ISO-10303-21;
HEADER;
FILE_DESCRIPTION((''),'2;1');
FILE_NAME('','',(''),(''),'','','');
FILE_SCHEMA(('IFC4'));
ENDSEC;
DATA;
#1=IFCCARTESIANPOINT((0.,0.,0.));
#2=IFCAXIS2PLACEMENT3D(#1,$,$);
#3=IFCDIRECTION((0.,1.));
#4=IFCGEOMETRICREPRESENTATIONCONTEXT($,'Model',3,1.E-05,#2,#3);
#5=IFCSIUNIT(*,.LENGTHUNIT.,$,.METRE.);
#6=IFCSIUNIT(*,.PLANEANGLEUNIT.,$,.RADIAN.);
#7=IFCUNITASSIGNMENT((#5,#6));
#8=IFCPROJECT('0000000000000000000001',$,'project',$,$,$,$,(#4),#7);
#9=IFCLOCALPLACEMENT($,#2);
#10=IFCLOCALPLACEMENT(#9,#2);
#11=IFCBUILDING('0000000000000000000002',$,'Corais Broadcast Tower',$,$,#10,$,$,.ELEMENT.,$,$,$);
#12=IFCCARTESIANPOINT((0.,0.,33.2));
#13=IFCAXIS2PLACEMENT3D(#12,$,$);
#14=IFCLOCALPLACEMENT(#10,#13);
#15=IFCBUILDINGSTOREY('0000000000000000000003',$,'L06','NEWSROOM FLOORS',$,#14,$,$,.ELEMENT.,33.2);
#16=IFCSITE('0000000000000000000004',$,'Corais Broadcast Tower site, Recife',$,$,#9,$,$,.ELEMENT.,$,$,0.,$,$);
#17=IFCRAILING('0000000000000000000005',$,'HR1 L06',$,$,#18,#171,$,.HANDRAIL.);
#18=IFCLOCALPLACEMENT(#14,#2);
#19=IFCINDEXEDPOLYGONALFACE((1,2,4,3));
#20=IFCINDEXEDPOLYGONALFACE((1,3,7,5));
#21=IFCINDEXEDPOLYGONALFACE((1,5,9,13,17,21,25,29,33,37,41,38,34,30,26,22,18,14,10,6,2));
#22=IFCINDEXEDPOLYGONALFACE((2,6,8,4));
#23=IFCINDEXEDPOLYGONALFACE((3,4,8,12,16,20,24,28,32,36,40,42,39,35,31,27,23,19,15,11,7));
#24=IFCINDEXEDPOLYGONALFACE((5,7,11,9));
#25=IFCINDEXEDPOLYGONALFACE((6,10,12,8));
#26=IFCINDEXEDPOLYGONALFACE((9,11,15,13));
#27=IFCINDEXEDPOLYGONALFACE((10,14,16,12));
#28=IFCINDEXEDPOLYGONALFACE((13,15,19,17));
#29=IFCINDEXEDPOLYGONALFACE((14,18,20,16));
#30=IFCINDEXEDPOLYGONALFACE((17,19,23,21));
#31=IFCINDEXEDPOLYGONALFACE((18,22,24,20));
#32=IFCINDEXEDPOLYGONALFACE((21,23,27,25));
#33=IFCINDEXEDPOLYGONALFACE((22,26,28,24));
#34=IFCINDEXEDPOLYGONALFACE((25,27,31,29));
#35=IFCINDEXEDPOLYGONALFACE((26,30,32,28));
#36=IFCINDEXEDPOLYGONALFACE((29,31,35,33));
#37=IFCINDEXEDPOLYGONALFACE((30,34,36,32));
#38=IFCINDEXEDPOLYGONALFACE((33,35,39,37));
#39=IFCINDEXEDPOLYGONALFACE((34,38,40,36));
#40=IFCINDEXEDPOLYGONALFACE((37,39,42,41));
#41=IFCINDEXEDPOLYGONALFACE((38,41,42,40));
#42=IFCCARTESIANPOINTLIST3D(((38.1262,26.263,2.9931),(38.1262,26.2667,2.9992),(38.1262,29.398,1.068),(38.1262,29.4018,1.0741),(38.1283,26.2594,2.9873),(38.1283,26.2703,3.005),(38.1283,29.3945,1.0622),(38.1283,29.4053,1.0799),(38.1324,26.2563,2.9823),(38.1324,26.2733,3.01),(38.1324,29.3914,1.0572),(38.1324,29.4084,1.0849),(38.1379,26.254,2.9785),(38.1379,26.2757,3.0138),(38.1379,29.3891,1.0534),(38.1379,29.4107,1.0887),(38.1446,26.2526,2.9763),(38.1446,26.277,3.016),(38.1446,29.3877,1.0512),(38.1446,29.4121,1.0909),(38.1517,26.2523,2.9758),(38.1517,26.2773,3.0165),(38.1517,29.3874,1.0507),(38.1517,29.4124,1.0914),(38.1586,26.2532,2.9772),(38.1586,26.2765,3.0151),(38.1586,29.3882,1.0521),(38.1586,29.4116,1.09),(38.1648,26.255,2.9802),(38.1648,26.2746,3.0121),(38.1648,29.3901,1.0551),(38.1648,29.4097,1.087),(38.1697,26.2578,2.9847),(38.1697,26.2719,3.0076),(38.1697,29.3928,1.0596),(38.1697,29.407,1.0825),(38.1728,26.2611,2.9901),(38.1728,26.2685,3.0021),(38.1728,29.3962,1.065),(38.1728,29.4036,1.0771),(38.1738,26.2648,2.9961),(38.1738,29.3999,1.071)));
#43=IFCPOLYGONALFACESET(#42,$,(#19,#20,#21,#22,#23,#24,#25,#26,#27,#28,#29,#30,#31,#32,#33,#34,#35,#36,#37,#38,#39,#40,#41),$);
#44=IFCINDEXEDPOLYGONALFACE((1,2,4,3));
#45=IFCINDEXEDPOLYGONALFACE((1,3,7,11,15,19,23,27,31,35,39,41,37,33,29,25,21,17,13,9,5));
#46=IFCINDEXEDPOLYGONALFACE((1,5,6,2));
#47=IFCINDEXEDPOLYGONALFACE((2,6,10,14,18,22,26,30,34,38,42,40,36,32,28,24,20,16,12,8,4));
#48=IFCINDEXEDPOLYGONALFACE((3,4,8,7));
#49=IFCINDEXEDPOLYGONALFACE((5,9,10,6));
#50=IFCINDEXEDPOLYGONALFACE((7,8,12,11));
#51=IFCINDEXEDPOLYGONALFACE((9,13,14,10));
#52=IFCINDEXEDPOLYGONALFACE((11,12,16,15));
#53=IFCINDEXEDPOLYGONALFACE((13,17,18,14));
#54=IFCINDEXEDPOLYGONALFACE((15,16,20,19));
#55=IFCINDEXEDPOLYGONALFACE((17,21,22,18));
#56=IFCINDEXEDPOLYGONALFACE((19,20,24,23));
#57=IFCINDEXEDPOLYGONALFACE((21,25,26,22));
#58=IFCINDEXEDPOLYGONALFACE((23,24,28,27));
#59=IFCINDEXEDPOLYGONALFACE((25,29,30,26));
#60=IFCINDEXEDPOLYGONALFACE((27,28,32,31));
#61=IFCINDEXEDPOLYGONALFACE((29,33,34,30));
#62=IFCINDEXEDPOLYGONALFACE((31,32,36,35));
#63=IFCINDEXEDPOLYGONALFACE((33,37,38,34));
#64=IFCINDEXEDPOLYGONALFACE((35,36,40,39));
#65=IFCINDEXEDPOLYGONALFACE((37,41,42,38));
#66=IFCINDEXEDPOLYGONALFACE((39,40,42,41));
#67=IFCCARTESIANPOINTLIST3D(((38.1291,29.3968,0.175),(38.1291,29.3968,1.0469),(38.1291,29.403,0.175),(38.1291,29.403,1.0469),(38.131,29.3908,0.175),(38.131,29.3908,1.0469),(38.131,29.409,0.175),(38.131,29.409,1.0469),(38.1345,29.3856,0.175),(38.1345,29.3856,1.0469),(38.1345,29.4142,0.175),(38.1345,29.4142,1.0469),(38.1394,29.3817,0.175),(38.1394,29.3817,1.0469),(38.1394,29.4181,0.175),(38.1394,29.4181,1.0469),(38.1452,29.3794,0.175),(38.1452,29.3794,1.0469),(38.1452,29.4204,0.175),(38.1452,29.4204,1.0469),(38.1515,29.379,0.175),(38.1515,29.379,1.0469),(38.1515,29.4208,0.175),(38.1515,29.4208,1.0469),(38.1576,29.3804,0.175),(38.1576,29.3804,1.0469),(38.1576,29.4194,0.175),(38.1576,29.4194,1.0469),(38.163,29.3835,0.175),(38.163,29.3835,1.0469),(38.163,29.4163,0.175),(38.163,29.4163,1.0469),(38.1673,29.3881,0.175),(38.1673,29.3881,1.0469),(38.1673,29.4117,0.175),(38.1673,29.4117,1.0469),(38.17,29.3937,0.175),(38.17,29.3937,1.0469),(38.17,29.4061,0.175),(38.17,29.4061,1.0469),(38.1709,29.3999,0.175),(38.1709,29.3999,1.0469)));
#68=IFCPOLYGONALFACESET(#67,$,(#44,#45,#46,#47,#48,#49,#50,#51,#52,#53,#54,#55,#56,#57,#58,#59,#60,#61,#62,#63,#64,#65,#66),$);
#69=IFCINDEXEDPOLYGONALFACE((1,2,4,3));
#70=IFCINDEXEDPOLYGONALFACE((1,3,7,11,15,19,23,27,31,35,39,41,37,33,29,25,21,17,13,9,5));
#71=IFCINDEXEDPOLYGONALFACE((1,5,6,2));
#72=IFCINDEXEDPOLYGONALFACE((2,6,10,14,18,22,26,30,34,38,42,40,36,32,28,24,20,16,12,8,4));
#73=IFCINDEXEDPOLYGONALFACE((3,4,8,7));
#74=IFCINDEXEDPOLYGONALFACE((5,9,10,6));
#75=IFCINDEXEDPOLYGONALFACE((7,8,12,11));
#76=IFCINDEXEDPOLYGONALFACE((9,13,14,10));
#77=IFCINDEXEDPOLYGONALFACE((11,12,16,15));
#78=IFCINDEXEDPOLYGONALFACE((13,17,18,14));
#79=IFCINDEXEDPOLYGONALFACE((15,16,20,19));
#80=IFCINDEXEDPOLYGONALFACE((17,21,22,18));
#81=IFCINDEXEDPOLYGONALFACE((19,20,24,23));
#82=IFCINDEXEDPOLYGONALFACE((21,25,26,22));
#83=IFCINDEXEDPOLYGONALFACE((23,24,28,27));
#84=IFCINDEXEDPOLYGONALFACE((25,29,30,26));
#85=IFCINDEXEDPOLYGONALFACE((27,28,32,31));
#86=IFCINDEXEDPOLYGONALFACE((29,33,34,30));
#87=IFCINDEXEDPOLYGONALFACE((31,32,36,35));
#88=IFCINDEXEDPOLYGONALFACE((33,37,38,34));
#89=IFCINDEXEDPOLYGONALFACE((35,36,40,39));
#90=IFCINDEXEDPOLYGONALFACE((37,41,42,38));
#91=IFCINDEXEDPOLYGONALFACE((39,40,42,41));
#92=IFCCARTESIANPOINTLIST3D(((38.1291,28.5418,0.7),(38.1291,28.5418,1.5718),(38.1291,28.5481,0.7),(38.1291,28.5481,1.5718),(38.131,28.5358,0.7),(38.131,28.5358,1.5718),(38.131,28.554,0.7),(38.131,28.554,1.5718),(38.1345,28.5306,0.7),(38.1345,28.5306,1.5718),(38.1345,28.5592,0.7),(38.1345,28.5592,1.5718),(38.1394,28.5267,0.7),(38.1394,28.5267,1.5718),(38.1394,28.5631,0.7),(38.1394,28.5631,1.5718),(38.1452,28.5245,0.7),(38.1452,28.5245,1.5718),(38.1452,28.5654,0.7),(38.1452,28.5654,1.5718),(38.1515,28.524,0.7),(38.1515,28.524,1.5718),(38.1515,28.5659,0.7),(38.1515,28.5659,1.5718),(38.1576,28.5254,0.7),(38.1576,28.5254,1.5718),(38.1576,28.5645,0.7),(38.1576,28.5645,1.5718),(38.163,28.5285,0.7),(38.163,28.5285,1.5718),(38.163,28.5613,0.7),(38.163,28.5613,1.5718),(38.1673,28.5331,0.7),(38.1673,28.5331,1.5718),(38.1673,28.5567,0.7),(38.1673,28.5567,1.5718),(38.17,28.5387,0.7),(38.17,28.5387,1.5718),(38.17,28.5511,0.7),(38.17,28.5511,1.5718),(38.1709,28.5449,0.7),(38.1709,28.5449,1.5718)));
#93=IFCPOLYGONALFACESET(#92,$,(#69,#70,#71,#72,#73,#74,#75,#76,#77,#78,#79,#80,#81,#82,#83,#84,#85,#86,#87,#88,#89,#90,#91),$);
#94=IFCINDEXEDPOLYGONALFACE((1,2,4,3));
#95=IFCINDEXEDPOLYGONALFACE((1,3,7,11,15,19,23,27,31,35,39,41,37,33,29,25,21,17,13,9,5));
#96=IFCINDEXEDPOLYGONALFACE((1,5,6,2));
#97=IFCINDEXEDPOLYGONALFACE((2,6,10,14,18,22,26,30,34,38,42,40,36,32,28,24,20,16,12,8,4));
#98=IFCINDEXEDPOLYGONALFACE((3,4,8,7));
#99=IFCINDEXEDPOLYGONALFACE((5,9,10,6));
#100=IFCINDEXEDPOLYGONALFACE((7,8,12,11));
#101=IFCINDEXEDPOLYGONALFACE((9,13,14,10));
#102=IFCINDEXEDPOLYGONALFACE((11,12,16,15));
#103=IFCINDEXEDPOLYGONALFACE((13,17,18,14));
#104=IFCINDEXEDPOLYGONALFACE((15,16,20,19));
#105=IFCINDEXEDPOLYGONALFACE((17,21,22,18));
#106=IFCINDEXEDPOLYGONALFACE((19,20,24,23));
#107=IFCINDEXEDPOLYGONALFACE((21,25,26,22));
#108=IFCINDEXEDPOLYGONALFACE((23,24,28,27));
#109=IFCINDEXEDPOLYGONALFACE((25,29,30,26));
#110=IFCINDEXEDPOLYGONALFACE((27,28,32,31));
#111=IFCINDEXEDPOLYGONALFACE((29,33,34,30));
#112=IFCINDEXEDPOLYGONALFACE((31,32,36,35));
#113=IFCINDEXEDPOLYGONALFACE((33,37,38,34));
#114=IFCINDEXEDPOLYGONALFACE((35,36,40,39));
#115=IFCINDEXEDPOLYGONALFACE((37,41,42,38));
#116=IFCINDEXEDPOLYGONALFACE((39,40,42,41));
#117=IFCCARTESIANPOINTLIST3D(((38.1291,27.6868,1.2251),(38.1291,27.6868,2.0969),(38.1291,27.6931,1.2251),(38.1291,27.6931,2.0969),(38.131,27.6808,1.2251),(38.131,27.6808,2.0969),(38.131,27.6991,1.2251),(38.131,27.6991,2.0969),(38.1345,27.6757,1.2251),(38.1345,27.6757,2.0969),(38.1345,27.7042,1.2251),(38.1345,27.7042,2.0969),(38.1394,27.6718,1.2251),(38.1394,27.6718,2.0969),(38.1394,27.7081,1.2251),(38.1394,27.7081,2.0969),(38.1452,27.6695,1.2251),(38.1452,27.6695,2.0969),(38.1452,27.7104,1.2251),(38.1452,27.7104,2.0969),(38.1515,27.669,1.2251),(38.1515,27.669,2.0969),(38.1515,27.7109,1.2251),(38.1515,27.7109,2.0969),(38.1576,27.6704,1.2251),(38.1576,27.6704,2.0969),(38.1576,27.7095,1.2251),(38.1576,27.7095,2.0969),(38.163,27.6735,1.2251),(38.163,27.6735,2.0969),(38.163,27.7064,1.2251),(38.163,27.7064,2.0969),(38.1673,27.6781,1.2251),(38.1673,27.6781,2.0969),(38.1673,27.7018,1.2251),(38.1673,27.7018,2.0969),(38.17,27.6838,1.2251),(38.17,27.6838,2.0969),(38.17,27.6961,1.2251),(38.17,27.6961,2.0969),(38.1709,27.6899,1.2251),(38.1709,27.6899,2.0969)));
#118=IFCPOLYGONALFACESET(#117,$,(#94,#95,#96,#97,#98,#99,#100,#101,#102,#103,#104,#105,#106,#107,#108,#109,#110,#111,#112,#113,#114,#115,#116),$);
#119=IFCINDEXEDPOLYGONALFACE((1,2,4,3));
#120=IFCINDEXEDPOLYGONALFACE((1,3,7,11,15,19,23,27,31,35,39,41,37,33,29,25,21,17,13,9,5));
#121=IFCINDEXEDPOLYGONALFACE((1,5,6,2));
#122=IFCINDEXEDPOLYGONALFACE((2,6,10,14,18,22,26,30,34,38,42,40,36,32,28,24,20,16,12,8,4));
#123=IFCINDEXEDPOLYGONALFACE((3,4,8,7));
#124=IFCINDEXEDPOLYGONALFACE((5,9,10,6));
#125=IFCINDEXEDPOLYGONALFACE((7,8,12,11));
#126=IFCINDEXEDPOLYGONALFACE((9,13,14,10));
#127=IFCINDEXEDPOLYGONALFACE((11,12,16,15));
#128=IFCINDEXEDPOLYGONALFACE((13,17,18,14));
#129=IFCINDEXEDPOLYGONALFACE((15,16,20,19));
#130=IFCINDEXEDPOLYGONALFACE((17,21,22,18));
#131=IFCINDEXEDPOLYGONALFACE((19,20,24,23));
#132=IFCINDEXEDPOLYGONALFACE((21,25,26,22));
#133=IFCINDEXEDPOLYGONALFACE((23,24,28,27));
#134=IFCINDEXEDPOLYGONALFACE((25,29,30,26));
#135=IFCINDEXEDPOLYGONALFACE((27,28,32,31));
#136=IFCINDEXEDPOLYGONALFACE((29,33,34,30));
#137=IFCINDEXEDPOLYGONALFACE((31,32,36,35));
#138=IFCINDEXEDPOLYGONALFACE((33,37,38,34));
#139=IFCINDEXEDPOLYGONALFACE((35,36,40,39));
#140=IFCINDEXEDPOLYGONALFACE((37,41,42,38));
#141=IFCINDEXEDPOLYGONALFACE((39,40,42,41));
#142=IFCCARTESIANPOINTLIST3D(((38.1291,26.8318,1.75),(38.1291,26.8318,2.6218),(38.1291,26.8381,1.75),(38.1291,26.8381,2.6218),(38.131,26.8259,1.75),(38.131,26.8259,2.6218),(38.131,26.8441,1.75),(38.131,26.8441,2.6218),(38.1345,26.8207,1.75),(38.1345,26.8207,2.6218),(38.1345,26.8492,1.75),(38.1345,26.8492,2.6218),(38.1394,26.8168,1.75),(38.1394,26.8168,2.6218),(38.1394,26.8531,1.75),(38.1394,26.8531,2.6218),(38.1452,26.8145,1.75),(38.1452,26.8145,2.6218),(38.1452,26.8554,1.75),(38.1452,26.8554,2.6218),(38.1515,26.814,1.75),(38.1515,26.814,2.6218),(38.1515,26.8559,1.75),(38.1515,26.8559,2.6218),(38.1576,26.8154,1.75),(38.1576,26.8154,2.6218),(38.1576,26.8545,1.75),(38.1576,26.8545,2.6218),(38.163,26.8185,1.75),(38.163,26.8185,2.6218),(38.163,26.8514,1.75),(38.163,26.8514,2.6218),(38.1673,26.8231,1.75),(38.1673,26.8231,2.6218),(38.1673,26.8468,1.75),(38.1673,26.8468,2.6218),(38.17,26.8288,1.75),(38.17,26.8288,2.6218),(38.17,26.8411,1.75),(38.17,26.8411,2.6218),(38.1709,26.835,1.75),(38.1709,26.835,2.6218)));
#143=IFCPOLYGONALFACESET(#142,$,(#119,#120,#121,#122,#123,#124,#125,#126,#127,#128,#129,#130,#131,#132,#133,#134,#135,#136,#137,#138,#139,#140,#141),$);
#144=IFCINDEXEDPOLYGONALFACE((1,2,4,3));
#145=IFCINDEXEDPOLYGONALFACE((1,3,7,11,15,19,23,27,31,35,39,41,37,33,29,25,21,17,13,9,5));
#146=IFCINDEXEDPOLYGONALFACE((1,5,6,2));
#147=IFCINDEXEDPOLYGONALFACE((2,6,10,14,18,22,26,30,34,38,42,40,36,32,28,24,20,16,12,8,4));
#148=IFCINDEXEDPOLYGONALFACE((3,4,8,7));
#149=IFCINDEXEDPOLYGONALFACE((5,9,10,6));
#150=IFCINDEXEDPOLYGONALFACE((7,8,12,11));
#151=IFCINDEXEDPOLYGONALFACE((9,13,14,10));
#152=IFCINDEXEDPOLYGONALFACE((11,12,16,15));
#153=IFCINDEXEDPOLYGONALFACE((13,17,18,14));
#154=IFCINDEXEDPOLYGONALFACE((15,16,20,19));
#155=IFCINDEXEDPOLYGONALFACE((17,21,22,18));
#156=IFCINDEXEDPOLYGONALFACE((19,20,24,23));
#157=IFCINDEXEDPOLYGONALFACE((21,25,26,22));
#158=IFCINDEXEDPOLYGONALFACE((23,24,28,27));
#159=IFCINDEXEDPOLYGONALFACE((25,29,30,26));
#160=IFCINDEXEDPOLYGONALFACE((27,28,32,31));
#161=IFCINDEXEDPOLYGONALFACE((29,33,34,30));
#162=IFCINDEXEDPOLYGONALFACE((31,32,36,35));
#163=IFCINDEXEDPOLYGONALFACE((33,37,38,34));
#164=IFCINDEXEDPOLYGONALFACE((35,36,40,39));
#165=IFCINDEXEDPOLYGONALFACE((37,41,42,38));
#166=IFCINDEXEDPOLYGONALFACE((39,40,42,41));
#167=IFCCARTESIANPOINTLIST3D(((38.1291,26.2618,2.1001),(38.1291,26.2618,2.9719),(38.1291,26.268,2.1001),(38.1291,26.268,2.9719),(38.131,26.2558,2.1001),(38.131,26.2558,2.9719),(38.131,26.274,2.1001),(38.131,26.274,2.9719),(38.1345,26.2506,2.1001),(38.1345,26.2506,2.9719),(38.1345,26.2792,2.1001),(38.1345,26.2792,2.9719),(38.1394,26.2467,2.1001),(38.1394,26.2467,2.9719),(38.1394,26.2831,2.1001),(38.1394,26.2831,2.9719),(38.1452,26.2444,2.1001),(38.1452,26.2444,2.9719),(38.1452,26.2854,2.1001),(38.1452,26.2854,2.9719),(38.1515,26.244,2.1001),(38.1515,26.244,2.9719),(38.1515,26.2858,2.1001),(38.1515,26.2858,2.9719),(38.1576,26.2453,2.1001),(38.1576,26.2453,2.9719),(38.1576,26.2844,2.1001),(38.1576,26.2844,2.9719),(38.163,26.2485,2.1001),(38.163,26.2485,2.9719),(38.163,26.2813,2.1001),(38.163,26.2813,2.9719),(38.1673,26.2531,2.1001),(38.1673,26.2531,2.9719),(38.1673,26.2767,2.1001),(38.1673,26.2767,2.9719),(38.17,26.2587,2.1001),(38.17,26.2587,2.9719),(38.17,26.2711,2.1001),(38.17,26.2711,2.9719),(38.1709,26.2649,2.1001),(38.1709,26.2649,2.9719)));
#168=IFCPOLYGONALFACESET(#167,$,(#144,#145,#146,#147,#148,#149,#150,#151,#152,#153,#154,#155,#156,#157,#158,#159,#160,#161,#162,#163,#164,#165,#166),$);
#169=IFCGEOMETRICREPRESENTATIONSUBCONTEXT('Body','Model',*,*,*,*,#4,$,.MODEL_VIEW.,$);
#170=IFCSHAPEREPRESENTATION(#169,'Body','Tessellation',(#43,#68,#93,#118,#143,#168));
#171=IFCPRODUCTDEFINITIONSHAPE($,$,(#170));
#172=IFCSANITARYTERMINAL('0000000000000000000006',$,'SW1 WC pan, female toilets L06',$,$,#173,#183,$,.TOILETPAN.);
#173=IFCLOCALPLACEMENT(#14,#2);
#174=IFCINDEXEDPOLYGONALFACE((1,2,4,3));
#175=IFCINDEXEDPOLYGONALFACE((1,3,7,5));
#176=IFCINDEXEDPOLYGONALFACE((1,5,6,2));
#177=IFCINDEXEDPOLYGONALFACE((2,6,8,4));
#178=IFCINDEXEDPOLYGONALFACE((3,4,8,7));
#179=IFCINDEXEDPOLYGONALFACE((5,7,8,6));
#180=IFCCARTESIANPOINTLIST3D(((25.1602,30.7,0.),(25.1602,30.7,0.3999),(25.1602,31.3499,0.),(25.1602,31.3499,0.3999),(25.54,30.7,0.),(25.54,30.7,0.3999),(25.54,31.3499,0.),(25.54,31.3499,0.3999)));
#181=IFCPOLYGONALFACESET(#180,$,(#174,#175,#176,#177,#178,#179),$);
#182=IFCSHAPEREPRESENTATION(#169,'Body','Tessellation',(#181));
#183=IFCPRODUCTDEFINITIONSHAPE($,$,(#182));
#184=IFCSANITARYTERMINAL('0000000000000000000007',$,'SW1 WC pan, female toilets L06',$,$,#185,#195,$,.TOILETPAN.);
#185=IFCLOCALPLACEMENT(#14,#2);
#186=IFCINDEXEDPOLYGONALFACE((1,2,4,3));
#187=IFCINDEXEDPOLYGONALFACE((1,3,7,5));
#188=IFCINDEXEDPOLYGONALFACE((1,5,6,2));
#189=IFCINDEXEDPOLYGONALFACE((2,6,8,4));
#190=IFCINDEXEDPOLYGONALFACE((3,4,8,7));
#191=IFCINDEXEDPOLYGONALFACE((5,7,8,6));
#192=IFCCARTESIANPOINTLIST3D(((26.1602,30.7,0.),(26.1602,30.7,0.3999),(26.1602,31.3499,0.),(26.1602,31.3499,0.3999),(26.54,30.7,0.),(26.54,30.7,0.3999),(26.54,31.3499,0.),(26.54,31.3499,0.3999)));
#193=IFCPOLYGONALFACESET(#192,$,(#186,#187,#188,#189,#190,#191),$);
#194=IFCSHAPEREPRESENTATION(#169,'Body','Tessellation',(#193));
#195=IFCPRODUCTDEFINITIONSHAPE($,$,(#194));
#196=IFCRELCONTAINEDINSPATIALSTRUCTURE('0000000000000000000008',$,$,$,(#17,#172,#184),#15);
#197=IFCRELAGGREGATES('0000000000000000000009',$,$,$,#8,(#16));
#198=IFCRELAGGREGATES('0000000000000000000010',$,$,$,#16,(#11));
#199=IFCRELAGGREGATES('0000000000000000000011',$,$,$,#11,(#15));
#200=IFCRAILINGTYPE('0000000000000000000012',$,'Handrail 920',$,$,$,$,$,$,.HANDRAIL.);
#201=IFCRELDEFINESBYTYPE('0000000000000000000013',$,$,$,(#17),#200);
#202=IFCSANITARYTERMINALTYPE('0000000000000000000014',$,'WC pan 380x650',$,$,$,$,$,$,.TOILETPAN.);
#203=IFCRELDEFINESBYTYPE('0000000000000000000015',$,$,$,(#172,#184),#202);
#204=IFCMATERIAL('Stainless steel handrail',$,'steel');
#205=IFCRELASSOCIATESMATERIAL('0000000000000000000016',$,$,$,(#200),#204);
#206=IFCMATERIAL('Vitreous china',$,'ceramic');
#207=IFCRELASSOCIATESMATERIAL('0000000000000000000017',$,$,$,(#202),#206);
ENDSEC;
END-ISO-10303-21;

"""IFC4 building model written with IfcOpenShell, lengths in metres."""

from ifc_helpers import new_model, si_unit, direction, frame, origin, origin_2d, place, context, subcontext, project, spatial, rectangle, circle, extrude, material, type_object, element, save


model = new_model("IFC4")

# Units and contexts
model_context = context("Model", 3, precision=1e-05, world=origin(), true_north=direction((0.0, 1.0)))
body_context = subcontext(model_context, "Body", "Model", "MODEL_VIEW")
ifc_project = project(units=[si_unit("LENGTHUNIT", "METRE"), si_unit("PLANEANGLEUNIT", "RADIAN")], contexts=[model_context])

# Site, building, storey
site_placement = place(None, origin())
site = spatial("IfcSite", under=ifc_project, at=site_placement, Name="Corais Broadcast Tower site, Recife", CompositionType="ELEMENT", RefElevation=0.0)
building_placement = place(site_placement, origin())
building = spatial("IfcBuilding", under=site, at=building_placement, Name="Corais Broadcast Tower", CompositionType="ELEMENT")
storey_placement = place(building_placement, frame((0.0, 0.0, 33.2)))
storey = spatial("IfcBuildingStorey", under=building, at=storey_placement, Name="L06", Description="NEWSROOM FLOORS", CompositionType="ELEMENT", Elevation=33.2)

# Railing
ifc_material_1 = material(Name="Stainless steel handrail", Category="steel")
railing_type = type_object("IfcRailingType", Name="Handrail 920", PredefinedType="HANDRAIL", material=ifc_material_1)
for number, where, name in (
    (1, (38.1499, 29.3999, 0.175), "HR1 L06"),
):
    element("IfcRailing", number, at=place(storey_placement, frame(where)), inside=storey, type_object=railing_type, Name=name, PredefinedType="HANDRAIL", context=body_context, shape_type="SweptSolid", body=[
        extrude(circle(Radius=0.0239, at=origin_2d()), frame((0.0, 0.0, 0.896), z_axis=(0.0, -0.852166, 0.523271), x_axis=(1.0, 0.0, 0.0)), (0.0, 0.0, 1.0), 3.679),
        extrude(circle(Radius=0.021, at=origin_2d()), origin(), (0.0, 0.0, 1.0), 0.8718),
        extrude(circle(Radius=0.021, at=origin_2d()), frame((0.0, -0.855, 0.5249)), (0.0, 0.0, 1.0), 0.8718),
        extrude(circle(Radius=0.021, at=origin_2d()), frame((0.0, -1.71, 1.05)), (0.0, 0.0, 1.0), 0.8718),
        extrude(circle(Radius=0.021, at=origin_2d()), frame((0.0, -2.5649, 1.575)), (0.0, 0.0, 1.0), 0.8718),
        extrude(circle(Radius=0.021, at=origin_2d()), frame((0.0, -3.135, 1.925)), (0.0, 0.0, 1.0), 0.8718),
    ])

# Sanitary terminals
ifc_material_2 = material(Name="Vitreous china", Category="ceramic")
sanitary_terminal_type = type_object("IfcSanitaryTerminalType", Name="WC pan 380x650", PredefinedType="TOILETPAN", material=ifc_material_2)
for number, where, z_axis, x_axis, name in (
    (2, (25.3501, 31.0249, 0.0), (0.0, 0.0, 1.0), (1.0, 0.0, 0.0), "SW1 WC pan, female toilets L06"),
    (3, (26.3501, 31.0249, 0.0), (0.0, 0.0, 1.0), (1.0, 0.0, 0.0), "SW1 WC pan, female toilets L06"),
):
    element("IfcSanitaryTerminal", number, at=place(storey_placement, frame(where, z_axis=z_axis, x_axis=x_axis)), inside=storey, type_object=sanitary_terminal_type, Name=name, PredefinedType="TOILETPAN", context=body_context, shape_type="SweptSolid", body=[
        extrude(rectangle(XDim=0.3799, YDim=0.6499, at=origin_2d()), origin(), (0.0, 0.0, 1.0), 0.3999),
    ])

save(model, "model.ifc")
